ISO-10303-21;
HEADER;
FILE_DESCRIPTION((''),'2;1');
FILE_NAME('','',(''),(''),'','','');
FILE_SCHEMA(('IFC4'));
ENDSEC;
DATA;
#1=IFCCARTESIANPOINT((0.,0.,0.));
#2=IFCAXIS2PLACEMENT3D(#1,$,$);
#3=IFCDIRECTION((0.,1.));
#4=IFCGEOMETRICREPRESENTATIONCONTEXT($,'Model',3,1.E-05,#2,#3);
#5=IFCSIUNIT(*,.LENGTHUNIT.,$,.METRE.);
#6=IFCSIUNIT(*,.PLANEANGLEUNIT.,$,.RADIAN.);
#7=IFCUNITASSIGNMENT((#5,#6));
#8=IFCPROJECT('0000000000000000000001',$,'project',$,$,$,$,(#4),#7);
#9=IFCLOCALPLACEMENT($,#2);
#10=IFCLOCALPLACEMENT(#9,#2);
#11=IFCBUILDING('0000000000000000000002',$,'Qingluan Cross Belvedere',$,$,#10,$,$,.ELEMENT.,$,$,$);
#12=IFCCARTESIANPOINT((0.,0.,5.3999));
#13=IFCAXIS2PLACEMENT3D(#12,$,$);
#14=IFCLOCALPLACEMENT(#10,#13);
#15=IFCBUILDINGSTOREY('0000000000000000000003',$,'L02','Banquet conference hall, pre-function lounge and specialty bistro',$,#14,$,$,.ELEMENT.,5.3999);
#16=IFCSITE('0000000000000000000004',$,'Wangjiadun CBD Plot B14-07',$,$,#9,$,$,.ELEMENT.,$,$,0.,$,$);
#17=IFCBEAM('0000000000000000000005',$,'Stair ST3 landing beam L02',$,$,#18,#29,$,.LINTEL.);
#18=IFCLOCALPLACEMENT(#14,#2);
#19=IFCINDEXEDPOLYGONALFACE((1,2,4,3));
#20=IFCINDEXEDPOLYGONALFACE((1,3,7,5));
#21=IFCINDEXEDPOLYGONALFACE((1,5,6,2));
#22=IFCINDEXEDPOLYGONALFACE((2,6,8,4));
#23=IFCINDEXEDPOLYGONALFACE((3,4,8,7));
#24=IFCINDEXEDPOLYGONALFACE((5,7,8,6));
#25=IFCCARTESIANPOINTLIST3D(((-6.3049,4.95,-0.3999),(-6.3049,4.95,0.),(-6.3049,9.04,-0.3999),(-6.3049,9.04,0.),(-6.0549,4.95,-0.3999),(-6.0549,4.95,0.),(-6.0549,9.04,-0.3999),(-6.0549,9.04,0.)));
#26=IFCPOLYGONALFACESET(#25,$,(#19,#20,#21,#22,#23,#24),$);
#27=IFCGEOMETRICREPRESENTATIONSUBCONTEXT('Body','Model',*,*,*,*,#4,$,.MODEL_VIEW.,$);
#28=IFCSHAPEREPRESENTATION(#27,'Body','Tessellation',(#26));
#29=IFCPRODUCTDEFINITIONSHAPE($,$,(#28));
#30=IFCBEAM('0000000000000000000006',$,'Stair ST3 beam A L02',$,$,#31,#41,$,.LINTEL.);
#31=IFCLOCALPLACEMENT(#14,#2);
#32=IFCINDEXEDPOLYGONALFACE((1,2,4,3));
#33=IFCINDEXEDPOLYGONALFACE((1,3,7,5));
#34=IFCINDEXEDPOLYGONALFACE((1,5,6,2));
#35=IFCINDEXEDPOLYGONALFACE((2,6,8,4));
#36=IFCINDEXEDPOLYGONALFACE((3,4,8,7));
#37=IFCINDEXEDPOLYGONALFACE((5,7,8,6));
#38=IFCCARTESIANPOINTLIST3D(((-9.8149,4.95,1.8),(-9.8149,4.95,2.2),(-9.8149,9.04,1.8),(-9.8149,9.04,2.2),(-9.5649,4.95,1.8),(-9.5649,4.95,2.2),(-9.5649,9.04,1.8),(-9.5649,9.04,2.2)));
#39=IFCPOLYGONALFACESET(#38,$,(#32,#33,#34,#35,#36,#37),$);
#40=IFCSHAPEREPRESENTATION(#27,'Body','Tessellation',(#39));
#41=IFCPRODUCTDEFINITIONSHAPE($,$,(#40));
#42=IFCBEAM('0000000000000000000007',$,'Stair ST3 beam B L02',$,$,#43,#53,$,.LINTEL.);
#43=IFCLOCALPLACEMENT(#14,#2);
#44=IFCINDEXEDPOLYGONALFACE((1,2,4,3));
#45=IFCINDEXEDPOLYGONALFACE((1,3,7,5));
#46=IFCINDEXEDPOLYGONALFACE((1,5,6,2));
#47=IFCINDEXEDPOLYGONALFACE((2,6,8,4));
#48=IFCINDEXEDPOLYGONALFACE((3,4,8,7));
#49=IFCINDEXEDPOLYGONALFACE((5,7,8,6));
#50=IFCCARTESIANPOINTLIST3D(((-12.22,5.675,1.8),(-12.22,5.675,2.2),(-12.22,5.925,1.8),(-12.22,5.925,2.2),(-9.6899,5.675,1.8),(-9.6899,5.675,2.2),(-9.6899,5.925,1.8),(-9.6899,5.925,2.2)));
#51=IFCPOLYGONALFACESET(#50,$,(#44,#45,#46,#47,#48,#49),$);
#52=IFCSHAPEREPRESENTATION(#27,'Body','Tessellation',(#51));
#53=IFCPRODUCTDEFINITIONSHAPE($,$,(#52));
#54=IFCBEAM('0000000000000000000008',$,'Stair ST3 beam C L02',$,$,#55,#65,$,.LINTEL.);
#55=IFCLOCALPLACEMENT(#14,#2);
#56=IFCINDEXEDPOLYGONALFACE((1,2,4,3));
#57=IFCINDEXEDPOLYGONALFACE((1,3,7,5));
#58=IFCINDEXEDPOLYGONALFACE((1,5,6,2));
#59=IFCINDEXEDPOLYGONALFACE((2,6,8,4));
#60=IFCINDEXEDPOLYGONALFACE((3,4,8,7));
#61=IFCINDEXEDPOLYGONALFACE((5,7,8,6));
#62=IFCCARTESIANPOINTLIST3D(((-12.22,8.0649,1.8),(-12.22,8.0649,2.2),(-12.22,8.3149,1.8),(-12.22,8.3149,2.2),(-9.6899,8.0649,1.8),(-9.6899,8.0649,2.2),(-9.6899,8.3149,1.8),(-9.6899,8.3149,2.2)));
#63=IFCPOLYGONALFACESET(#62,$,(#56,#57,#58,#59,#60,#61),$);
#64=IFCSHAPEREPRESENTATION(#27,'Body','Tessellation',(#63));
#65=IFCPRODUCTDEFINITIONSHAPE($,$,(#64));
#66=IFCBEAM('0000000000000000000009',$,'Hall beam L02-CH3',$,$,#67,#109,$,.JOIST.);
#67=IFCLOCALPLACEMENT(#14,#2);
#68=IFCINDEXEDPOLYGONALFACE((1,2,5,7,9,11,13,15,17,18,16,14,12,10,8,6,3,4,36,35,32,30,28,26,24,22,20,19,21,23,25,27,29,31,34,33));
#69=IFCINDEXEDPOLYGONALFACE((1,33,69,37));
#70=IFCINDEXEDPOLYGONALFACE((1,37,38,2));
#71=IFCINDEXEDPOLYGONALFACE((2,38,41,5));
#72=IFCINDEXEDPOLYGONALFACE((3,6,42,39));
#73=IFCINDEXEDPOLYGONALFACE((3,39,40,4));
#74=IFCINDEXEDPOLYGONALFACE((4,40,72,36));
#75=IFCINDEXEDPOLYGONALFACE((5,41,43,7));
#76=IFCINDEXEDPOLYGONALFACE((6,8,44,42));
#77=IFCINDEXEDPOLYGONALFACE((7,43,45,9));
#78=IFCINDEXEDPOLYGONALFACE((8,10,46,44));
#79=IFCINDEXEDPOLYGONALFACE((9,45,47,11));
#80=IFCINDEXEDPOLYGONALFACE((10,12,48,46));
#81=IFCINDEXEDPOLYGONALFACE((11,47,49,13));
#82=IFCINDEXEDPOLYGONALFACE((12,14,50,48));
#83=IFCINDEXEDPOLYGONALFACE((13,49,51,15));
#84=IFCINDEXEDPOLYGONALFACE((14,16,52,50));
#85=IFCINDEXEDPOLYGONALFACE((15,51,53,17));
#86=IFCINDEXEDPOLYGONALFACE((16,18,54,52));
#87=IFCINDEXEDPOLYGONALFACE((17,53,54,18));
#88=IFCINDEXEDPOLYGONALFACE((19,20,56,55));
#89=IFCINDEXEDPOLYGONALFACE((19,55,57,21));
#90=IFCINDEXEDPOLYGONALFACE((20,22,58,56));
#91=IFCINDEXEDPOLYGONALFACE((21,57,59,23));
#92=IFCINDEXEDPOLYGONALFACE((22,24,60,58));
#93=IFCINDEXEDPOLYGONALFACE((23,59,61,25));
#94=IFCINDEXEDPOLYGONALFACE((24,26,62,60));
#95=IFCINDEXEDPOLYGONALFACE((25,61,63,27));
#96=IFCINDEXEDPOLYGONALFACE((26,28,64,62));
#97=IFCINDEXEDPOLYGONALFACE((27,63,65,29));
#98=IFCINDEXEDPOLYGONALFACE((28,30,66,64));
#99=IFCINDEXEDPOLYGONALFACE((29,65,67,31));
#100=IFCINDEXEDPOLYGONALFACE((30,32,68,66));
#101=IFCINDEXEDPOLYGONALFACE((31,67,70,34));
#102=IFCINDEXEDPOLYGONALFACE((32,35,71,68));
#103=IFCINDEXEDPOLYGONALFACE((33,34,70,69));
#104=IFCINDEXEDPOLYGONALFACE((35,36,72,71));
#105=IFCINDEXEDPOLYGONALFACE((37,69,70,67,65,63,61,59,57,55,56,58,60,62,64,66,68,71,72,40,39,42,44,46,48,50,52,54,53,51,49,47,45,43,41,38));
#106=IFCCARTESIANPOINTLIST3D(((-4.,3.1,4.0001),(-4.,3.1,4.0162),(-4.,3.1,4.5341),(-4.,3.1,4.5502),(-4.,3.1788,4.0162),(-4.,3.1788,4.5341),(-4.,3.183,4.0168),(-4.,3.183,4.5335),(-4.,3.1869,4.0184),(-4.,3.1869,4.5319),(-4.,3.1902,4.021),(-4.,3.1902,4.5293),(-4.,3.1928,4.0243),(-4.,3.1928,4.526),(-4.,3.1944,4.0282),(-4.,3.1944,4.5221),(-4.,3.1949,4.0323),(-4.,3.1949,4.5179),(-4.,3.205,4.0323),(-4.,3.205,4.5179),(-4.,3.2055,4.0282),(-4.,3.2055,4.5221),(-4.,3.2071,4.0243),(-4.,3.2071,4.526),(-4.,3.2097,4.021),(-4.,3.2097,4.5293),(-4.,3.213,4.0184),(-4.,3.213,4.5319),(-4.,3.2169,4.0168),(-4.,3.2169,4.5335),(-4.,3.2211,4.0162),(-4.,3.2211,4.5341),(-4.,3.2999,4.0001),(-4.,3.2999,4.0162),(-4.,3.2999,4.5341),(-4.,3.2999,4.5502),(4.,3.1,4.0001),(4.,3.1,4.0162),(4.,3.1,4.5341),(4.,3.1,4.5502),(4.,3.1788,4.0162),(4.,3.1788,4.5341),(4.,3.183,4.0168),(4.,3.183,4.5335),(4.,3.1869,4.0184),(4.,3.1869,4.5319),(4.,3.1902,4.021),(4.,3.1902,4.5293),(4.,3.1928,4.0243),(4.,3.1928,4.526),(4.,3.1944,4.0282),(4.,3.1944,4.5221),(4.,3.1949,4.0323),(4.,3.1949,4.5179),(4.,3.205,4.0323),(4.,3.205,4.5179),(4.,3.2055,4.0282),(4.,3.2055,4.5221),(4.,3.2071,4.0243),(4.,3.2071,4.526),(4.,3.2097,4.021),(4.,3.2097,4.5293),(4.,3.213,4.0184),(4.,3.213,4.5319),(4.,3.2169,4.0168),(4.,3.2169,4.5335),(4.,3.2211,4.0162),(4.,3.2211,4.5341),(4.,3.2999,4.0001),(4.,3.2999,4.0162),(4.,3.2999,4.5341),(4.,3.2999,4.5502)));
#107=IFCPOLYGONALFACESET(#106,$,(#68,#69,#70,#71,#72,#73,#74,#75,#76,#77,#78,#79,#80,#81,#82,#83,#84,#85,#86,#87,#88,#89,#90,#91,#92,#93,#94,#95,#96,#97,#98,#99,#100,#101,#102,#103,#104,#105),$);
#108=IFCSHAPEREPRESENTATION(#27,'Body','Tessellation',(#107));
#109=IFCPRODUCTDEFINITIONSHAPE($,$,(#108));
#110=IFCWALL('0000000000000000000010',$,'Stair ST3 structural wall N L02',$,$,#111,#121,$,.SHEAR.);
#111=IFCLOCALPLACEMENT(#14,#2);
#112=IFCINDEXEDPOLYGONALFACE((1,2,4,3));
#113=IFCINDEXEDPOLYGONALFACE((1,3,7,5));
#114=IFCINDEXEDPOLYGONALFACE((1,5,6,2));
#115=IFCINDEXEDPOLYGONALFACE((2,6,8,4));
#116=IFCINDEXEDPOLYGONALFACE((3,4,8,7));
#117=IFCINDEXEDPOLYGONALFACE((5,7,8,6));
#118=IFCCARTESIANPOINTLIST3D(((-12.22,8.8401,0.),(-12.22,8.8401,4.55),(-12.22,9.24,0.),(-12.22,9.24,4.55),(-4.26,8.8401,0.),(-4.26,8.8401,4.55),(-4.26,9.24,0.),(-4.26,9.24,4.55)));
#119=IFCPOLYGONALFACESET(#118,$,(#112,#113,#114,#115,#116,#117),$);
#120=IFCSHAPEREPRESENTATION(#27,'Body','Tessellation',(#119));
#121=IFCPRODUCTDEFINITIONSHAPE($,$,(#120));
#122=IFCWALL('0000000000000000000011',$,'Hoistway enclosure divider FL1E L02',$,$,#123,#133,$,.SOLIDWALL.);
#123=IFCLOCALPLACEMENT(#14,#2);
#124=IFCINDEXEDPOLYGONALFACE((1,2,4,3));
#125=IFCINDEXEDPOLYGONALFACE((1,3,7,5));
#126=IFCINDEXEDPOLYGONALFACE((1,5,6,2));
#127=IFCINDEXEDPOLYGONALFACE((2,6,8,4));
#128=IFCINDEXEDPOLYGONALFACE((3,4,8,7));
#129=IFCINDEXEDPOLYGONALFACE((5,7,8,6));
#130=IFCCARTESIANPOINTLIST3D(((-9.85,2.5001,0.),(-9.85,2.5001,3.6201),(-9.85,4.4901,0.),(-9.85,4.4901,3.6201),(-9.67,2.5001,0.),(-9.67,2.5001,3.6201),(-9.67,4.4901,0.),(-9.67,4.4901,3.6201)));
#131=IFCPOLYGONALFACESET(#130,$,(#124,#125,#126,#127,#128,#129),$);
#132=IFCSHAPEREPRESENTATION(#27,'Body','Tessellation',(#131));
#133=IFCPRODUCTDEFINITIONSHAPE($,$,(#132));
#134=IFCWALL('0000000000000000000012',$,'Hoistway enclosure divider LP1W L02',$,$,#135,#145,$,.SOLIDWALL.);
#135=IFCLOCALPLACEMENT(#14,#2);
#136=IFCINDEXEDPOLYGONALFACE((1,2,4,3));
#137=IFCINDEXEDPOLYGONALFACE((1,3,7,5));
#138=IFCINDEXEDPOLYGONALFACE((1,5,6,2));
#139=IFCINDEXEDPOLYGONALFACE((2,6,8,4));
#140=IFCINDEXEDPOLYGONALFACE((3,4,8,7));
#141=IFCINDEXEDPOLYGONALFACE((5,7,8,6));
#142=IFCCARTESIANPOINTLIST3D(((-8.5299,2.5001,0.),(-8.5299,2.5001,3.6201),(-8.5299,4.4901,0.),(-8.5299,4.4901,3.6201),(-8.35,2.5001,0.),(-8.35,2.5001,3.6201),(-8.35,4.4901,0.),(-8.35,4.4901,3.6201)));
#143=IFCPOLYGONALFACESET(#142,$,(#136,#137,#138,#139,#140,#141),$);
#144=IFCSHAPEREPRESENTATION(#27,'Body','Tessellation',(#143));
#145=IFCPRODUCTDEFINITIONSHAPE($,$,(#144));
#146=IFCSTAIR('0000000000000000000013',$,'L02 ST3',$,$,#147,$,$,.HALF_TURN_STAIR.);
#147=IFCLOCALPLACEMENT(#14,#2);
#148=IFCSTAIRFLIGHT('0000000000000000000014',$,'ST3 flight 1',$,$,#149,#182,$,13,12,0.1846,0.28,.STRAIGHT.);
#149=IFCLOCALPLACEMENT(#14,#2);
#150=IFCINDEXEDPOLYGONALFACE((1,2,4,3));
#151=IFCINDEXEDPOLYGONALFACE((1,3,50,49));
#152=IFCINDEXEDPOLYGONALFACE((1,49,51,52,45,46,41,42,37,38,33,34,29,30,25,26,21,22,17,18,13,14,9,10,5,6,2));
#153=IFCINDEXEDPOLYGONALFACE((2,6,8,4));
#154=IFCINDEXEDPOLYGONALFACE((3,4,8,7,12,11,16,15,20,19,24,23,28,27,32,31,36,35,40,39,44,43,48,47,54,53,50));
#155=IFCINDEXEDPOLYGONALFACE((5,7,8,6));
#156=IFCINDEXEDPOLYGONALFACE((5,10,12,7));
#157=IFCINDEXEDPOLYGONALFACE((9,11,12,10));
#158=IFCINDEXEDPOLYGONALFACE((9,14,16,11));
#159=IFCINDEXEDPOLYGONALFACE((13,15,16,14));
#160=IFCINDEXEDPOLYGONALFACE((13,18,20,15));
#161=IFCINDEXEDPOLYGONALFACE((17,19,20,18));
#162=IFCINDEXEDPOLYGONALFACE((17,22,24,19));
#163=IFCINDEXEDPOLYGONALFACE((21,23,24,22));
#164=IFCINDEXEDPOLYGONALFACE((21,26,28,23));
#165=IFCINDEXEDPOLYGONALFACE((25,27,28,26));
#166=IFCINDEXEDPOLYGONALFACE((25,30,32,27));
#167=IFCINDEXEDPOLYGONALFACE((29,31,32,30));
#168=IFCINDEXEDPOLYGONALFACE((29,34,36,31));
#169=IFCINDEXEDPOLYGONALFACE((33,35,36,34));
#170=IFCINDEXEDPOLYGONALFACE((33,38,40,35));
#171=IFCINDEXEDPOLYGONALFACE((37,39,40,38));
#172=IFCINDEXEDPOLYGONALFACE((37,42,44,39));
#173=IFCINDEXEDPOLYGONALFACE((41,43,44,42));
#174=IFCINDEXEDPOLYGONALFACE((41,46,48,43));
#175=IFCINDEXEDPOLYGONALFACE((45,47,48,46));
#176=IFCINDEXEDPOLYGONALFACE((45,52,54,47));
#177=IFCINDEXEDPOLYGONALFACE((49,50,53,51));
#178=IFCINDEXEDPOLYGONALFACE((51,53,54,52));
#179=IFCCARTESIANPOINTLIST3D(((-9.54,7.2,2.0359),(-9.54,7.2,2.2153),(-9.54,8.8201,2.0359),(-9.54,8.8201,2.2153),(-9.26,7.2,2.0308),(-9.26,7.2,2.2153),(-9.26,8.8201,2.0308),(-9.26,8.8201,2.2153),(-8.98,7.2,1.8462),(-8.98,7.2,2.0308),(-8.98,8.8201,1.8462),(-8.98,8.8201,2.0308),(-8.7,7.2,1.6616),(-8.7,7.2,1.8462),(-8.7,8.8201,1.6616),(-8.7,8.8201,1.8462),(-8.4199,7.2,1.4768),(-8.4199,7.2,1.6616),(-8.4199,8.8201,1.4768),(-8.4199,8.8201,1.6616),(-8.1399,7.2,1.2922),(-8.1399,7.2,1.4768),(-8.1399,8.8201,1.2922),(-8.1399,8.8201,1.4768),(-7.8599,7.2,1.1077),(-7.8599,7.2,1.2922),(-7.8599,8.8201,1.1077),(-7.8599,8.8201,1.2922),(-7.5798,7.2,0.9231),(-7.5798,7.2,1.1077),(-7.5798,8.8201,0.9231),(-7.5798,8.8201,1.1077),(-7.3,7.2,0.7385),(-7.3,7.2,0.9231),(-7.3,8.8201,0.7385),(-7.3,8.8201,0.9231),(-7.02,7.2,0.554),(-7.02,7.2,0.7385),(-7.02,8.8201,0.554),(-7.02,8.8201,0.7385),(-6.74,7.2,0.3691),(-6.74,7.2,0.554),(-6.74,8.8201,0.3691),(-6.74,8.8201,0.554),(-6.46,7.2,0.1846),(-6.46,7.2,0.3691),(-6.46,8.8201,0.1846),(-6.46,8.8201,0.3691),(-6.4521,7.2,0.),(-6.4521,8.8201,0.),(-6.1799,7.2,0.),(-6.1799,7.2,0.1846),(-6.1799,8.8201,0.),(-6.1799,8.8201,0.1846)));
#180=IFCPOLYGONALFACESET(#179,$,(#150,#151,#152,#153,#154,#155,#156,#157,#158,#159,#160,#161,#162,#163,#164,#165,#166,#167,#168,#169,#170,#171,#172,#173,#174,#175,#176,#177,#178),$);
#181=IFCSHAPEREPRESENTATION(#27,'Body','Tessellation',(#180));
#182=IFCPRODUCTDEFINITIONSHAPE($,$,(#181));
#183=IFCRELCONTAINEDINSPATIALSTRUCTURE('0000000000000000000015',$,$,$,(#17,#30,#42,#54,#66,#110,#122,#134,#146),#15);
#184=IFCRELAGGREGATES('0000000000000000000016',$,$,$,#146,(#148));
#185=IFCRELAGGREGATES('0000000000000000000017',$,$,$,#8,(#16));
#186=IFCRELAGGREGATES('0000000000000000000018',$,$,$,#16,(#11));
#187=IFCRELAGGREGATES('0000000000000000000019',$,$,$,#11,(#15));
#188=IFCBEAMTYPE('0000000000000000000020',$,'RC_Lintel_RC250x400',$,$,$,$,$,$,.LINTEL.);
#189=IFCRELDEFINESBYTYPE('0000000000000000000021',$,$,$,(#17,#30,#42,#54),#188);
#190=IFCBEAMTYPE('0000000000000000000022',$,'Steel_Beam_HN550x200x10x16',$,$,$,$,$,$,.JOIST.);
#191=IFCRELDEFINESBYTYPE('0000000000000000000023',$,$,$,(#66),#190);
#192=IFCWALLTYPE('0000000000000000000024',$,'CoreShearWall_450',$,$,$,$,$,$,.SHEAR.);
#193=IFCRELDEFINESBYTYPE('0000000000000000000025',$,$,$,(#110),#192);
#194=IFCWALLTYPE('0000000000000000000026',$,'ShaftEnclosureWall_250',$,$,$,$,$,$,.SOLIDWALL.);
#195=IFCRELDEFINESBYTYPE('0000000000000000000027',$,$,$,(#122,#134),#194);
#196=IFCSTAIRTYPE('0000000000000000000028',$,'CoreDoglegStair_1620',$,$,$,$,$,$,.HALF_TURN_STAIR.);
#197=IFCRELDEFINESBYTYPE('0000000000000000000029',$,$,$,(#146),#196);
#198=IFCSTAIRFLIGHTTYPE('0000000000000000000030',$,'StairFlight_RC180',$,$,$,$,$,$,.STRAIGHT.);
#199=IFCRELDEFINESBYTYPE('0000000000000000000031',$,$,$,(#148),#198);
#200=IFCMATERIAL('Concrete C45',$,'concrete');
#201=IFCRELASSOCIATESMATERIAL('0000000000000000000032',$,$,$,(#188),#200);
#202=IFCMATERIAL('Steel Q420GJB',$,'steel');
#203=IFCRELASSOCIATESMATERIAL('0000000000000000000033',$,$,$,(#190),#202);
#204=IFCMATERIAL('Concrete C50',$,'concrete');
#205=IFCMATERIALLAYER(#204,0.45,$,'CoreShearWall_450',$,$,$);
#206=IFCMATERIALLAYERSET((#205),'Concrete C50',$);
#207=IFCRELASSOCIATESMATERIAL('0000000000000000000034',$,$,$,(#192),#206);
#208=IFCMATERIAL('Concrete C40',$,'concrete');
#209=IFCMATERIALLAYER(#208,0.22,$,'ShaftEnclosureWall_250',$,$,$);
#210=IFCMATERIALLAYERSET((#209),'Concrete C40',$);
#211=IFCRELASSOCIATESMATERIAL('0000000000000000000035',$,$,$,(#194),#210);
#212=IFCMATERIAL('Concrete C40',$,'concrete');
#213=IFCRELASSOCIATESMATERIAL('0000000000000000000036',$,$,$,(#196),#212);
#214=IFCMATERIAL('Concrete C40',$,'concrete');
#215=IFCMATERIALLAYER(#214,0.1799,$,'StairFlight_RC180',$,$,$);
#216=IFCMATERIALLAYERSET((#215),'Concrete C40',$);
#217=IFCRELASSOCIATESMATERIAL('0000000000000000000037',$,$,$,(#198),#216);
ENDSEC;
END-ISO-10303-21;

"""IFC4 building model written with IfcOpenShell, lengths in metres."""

from ifc_helpers import new_model, si_unit, direction, frame, frame_2d, origin, origin_2d, place, context, subcontext, project, spatial, polyline, rectangle, i_section, outline, extrude, material, layer, layer_set, material_profile, profile_set, type_object, element, aggregate, save


model = new_model("IFC4")

# Units and contexts
model_context = context("Model", 3, precision=1e-05, world=origin(), true_north=direction((0.0, 1.0)))
body_context = subcontext(model_context, "Body", "Model", "MODEL_VIEW")
ifc_project = project(units=[si_unit("LENGTHUNIT", "METRE"), si_unit("PLANEANGLEUNIT", "RADIAN")], contexts=[model_context])

# Site, building, storey
site_placement = place(None, origin())
site = spatial("IfcSite", under=ifc_project, at=site_placement, Name="Wangjiadun CBD Plot B14-07", CompositionType="ELEMENT", RefElevation=0.0)
building_placement = place(site_placement, origin())
building = spatial("IfcBuilding", under=site, at=building_placement, Name="Qingluan Cross Belvedere", CompositionType="ELEMENT")
storey_placement = place(building_placement, frame((0.0, 0.0, 5.3999)))
storey = spatial("IfcBuildingStorey", under=building, at=storey_placement, Name="L02", Description="Banquet conference hall, pre-function lounge and specialty bistro", CompositionType="ELEMENT", Elevation=5.3999)

# Beams
ifc_material_1 = material(Name="Concrete C45", Category="concrete")
ifc_material_profile_1 = material_profile(ifc_material_1, rectangle(XDim=0.25, YDim=0.3999, at=origin_2d()), Name="RC250x400")
ifc_profile_set_1 = profile_set([ifc_material_profile_1], Name="Concrete C45")
beam_type_1 = type_object("IfcBeamType", Name="RC_Lintel_RC250x400", PredefinedType="LINTEL", material=ifc_profile_set_1)
for number, where, z_axis, x_axis, name in (
    (1, (-6.1799, 4.95, -0.2), (0.0, 1.0, 0.0), (-1.0, 0.0, 0.0), "Stair ST3 landing beam L02"),
    (2, (-9.6899, 4.95, 2.0), (0.0, 1.0, 0.0), (-1.0, 0.0, 0.0), "Stair ST3 beam A L02"),
):
    element("IfcBeam", number, at=place(storey_placement, frame(where, z_axis=z_axis, x_axis=x_axis)), inside=storey, type_object=beam_type_1, Name=name, PredefinedType="LINTEL", context=body_context, shape_type="SweptSolid", body=[
        extrude(rectangle(XDim=0.25, YDim=0.3999, at=origin_2d()), origin(), (0.0, 0.0, 1.0), 4.0901),
    ])
for number, where, z_axis, x_axis, name in (
    (3, (-12.22, 5.8, 2.0), (1.0, 0.0, 0.0), (0.0, 1.0, 0.0), "Stair ST3 beam B L02"),
    (4, (-12.22, 8.1899, 2.0), (1.0, 0.0, 0.0), (0.0, 1.0, 0.0), "Stair ST3 beam C L02"),
):
    element("IfcBeam", number, at=place(storey_placement, frame(where, z_axis=z_axis, x_axis=x_axis)), inside=storey, type_object=beam_type_1, Name=name, PredefinedType="LINTEL", context=body_context, shape_type="SweptSolid", body=[
        extrude(rectangle(XDim=0.25, YDim=0.3999, at=origin_2d()), origin(), (0.0, 0.0, 1.0), 2.53),
    ])
ifc_material_2 = material(Name="Steel Q420GJB", Category="steel")
ifc_material_profile_2 = material_profile(ifc_material_2, i_section(OverallWidth=0.2, OverallDepth=0.55, WebThickness=0.01, FlangeThickness=0.0161, FilletRadius=0.0161, at=origin_2d()), Name="HN550x200x10x16")
ifc_profile_set_2 = profile_set([ifc_material_profile_2], Name="Steel Q420GJB")
beam_type_2 = type_object("IfcBeamType", Name="Steel_Beam_HN550x200x10x16", PredefinedType="JOIST", material=ifc_profile_set_2)
beam_placement = place(storey_placement, frame((-4.0, 3.2, 4.2751), z_axis=(1.0, 0.0, 0.0), x_axis=(0.0, 1.0, 0.0)))
element("IfcBeam", 5, at=beam_placement, inside=storey, type_object=beam_type_2, Name="Hall beam L02-CH3", PredefinedType="JOIST", context=body_context, shape_type="SweptSolid", body=[
    extrude(i_section(OverallWidth=0.2, OverallDepth=0.55, WebThickness=0.01, FlangeThickness=0.0161, FilletRadius=0.0161, at=origin_2d()), origin(), (0.0, 0.0, 1.0), 8.0),
])

# Wall
ifc_material_3 = material(Name="Concrete C50", Category="concrete")
ifc_layer_1 = layer(ifc_material_3, 0.45, Name="CoreShearWall_450")
ifc_layer_set_1 = layer_set([ifc_layer_1], Name="Concrete C50")
wall_type_1 = type_object("IfcWallType", Name="CoreShearWall_450", PredefinedType="SHEAR", material=ifc_layer_set_1)
wall_1_placement = place(storey_placement, frame((-12.22, 9.04, 0.0), z_axis=(0.0, 0.0, 1.0), x_axis=(1.0, 0.0, 0.0)))
element("IfcWall", 6, at=wall_1_placement, inside=storey, type_object=wall_type_1, Name="Stair ST3 structural wall N L02", PredefinedType="SHEAR", context=body_context, shape_type="SweptSolid", body=[
    extrude(rectangle(XDim=7.96, YDim=0.3999, at=frame_2d((3.98, 0.0))), origin(), (0.0, 0.0, 1.0), 4.55),
])

# Shared definitions
ifc_material_4 = material(Name="Concrete C40", Category="concrete")
ifc_layer_2 = layer(ifc_material_4, 0.22, Name="ShaftEnclosureWall_250")
ifc_layer_set_2 = layer_set([ifc_layer_2], Name="Concrete C40")
wall_type_2 = type_object("IfcWallType", Name="ShaftEnclosureWall_250", PredefinedType="SOLIDWALL", material=ifc_layer_set_2)

# Walls
for number, where, z_axis, x_axis, name in (
    (7, (-9.76, 2.5, 0.0), (0.0, 0.0, 1.0), (0.0, 1.0, 0.0), "Hoistway enclosure divider FL1E L02"),
    (8, (-8.4399, 2.5, 0.0), (0.0, 0.0, 1.0), (0.0, 1.0, 0.0), "Hoistway enclosure divider LP1W L02"),
):
    element("IfcWall", number, at=place(storey_placement, frame(where, z_axis=z_axis, x_axis=x_axis)), inside=storey, type_object=wall_type_2, Name=name, PredefinedType="SOLIDWALL", context=body_context, shape_type="SweptSolid", body=[
        extrude(rectangle(XDim=1.99, YDim=0.1799, at=frame_2d((0.9951, 0.0))), origin(), (0.0, 0.0, 1.0), 3.6201),
    ])

# Stair, stair flight
ifc_material_5 = material(Name="Concrete C40", Category="concrete")
stair_type = type_object("IfcStairType", Name="CoreDoglegStair_1620", PredefinedType="HALF_TURN_STAIR", material=ifc_material_5)
stair_placement = place(storey_placement, origin())
stair = element("IfcStair", 9, at=stair_placement, inside=storey, type_object=stair_type, Name="L02 ST3", PredefinedType="HALF_TURN_STAIR")
ifc_material_6 = material(Name="Concrete C40", Category="concrete")
ifc_layer_3 = layer(ifc_material_6, 0.1799, Name="StairFlight_RC180")
ifc_layer_set_3 = layer_set([ifc_layer_3], Name="Concrete C40")
stair_flight_type = type_object("IfcStairFlightType", Name="StairFlight_RC180", PredefinedType="STRAIGHT", material=ifc_layer_set_3)
stair_flight_1_placement = place(storey_placement, frame((-6.1799, 8.01, 0.0), z_axis=(0.0, 0.0, 1.0), x_axis=(-1.0, 0.0, 0.0)))
stair_flight_1 = element("IfcStairFlight", 10, at=stair_flight_1_placement, type_object=stair_flight_type, Name="ST3 flight 1", NumberOfRisers=13, NumberOfTreads=12, PredefinedType="STRAIGHT", RiserHeight=0.1846, TreadLength=0.28, context=body_context, shape_type="SweptSolid", body=[
    extrude(outline(polyline([(0.0, 0.0), (0.0, 0.1846), (0.28, 0.1846), (0.28, 0.3691), (0.5601, 0.3691), (0.5601, 0.554), (0.8401, 0.554), (0.8401, 0.7385), (1.1201, 0.7385), (1.1201, 0.9231), (1.3999, 0.9231), (1.3999, 1.1077), (1.6799, 1.1077), (1.6799, 1.2922), (1.96, 1.2922), (1.96, 1.4768), (2.24, 1.4768), (2.24, 1.6616), (2.52, 1.6616), (2.52, 1.8462), (2.8, 1.8462), (2.8, 2.0308), (3.0801, 2.0308), (3.0801, 2.2153), (3.3601, 2.2153), (3.3601, 2.3999), (3.3601, 2.0359), (0.2722, 0.0), (0.0, 0.0)])), frame((0.0, 0.8101, 0.0), z_axis=(0.0, -1.0, 0.0), x_axis=(1.0, 0.0, 0.0)), (0.0, 0.0, 1.0), 1.6201),
])
aggregate(stair, [stair_flight_1])

save(model, "model.ifc")
